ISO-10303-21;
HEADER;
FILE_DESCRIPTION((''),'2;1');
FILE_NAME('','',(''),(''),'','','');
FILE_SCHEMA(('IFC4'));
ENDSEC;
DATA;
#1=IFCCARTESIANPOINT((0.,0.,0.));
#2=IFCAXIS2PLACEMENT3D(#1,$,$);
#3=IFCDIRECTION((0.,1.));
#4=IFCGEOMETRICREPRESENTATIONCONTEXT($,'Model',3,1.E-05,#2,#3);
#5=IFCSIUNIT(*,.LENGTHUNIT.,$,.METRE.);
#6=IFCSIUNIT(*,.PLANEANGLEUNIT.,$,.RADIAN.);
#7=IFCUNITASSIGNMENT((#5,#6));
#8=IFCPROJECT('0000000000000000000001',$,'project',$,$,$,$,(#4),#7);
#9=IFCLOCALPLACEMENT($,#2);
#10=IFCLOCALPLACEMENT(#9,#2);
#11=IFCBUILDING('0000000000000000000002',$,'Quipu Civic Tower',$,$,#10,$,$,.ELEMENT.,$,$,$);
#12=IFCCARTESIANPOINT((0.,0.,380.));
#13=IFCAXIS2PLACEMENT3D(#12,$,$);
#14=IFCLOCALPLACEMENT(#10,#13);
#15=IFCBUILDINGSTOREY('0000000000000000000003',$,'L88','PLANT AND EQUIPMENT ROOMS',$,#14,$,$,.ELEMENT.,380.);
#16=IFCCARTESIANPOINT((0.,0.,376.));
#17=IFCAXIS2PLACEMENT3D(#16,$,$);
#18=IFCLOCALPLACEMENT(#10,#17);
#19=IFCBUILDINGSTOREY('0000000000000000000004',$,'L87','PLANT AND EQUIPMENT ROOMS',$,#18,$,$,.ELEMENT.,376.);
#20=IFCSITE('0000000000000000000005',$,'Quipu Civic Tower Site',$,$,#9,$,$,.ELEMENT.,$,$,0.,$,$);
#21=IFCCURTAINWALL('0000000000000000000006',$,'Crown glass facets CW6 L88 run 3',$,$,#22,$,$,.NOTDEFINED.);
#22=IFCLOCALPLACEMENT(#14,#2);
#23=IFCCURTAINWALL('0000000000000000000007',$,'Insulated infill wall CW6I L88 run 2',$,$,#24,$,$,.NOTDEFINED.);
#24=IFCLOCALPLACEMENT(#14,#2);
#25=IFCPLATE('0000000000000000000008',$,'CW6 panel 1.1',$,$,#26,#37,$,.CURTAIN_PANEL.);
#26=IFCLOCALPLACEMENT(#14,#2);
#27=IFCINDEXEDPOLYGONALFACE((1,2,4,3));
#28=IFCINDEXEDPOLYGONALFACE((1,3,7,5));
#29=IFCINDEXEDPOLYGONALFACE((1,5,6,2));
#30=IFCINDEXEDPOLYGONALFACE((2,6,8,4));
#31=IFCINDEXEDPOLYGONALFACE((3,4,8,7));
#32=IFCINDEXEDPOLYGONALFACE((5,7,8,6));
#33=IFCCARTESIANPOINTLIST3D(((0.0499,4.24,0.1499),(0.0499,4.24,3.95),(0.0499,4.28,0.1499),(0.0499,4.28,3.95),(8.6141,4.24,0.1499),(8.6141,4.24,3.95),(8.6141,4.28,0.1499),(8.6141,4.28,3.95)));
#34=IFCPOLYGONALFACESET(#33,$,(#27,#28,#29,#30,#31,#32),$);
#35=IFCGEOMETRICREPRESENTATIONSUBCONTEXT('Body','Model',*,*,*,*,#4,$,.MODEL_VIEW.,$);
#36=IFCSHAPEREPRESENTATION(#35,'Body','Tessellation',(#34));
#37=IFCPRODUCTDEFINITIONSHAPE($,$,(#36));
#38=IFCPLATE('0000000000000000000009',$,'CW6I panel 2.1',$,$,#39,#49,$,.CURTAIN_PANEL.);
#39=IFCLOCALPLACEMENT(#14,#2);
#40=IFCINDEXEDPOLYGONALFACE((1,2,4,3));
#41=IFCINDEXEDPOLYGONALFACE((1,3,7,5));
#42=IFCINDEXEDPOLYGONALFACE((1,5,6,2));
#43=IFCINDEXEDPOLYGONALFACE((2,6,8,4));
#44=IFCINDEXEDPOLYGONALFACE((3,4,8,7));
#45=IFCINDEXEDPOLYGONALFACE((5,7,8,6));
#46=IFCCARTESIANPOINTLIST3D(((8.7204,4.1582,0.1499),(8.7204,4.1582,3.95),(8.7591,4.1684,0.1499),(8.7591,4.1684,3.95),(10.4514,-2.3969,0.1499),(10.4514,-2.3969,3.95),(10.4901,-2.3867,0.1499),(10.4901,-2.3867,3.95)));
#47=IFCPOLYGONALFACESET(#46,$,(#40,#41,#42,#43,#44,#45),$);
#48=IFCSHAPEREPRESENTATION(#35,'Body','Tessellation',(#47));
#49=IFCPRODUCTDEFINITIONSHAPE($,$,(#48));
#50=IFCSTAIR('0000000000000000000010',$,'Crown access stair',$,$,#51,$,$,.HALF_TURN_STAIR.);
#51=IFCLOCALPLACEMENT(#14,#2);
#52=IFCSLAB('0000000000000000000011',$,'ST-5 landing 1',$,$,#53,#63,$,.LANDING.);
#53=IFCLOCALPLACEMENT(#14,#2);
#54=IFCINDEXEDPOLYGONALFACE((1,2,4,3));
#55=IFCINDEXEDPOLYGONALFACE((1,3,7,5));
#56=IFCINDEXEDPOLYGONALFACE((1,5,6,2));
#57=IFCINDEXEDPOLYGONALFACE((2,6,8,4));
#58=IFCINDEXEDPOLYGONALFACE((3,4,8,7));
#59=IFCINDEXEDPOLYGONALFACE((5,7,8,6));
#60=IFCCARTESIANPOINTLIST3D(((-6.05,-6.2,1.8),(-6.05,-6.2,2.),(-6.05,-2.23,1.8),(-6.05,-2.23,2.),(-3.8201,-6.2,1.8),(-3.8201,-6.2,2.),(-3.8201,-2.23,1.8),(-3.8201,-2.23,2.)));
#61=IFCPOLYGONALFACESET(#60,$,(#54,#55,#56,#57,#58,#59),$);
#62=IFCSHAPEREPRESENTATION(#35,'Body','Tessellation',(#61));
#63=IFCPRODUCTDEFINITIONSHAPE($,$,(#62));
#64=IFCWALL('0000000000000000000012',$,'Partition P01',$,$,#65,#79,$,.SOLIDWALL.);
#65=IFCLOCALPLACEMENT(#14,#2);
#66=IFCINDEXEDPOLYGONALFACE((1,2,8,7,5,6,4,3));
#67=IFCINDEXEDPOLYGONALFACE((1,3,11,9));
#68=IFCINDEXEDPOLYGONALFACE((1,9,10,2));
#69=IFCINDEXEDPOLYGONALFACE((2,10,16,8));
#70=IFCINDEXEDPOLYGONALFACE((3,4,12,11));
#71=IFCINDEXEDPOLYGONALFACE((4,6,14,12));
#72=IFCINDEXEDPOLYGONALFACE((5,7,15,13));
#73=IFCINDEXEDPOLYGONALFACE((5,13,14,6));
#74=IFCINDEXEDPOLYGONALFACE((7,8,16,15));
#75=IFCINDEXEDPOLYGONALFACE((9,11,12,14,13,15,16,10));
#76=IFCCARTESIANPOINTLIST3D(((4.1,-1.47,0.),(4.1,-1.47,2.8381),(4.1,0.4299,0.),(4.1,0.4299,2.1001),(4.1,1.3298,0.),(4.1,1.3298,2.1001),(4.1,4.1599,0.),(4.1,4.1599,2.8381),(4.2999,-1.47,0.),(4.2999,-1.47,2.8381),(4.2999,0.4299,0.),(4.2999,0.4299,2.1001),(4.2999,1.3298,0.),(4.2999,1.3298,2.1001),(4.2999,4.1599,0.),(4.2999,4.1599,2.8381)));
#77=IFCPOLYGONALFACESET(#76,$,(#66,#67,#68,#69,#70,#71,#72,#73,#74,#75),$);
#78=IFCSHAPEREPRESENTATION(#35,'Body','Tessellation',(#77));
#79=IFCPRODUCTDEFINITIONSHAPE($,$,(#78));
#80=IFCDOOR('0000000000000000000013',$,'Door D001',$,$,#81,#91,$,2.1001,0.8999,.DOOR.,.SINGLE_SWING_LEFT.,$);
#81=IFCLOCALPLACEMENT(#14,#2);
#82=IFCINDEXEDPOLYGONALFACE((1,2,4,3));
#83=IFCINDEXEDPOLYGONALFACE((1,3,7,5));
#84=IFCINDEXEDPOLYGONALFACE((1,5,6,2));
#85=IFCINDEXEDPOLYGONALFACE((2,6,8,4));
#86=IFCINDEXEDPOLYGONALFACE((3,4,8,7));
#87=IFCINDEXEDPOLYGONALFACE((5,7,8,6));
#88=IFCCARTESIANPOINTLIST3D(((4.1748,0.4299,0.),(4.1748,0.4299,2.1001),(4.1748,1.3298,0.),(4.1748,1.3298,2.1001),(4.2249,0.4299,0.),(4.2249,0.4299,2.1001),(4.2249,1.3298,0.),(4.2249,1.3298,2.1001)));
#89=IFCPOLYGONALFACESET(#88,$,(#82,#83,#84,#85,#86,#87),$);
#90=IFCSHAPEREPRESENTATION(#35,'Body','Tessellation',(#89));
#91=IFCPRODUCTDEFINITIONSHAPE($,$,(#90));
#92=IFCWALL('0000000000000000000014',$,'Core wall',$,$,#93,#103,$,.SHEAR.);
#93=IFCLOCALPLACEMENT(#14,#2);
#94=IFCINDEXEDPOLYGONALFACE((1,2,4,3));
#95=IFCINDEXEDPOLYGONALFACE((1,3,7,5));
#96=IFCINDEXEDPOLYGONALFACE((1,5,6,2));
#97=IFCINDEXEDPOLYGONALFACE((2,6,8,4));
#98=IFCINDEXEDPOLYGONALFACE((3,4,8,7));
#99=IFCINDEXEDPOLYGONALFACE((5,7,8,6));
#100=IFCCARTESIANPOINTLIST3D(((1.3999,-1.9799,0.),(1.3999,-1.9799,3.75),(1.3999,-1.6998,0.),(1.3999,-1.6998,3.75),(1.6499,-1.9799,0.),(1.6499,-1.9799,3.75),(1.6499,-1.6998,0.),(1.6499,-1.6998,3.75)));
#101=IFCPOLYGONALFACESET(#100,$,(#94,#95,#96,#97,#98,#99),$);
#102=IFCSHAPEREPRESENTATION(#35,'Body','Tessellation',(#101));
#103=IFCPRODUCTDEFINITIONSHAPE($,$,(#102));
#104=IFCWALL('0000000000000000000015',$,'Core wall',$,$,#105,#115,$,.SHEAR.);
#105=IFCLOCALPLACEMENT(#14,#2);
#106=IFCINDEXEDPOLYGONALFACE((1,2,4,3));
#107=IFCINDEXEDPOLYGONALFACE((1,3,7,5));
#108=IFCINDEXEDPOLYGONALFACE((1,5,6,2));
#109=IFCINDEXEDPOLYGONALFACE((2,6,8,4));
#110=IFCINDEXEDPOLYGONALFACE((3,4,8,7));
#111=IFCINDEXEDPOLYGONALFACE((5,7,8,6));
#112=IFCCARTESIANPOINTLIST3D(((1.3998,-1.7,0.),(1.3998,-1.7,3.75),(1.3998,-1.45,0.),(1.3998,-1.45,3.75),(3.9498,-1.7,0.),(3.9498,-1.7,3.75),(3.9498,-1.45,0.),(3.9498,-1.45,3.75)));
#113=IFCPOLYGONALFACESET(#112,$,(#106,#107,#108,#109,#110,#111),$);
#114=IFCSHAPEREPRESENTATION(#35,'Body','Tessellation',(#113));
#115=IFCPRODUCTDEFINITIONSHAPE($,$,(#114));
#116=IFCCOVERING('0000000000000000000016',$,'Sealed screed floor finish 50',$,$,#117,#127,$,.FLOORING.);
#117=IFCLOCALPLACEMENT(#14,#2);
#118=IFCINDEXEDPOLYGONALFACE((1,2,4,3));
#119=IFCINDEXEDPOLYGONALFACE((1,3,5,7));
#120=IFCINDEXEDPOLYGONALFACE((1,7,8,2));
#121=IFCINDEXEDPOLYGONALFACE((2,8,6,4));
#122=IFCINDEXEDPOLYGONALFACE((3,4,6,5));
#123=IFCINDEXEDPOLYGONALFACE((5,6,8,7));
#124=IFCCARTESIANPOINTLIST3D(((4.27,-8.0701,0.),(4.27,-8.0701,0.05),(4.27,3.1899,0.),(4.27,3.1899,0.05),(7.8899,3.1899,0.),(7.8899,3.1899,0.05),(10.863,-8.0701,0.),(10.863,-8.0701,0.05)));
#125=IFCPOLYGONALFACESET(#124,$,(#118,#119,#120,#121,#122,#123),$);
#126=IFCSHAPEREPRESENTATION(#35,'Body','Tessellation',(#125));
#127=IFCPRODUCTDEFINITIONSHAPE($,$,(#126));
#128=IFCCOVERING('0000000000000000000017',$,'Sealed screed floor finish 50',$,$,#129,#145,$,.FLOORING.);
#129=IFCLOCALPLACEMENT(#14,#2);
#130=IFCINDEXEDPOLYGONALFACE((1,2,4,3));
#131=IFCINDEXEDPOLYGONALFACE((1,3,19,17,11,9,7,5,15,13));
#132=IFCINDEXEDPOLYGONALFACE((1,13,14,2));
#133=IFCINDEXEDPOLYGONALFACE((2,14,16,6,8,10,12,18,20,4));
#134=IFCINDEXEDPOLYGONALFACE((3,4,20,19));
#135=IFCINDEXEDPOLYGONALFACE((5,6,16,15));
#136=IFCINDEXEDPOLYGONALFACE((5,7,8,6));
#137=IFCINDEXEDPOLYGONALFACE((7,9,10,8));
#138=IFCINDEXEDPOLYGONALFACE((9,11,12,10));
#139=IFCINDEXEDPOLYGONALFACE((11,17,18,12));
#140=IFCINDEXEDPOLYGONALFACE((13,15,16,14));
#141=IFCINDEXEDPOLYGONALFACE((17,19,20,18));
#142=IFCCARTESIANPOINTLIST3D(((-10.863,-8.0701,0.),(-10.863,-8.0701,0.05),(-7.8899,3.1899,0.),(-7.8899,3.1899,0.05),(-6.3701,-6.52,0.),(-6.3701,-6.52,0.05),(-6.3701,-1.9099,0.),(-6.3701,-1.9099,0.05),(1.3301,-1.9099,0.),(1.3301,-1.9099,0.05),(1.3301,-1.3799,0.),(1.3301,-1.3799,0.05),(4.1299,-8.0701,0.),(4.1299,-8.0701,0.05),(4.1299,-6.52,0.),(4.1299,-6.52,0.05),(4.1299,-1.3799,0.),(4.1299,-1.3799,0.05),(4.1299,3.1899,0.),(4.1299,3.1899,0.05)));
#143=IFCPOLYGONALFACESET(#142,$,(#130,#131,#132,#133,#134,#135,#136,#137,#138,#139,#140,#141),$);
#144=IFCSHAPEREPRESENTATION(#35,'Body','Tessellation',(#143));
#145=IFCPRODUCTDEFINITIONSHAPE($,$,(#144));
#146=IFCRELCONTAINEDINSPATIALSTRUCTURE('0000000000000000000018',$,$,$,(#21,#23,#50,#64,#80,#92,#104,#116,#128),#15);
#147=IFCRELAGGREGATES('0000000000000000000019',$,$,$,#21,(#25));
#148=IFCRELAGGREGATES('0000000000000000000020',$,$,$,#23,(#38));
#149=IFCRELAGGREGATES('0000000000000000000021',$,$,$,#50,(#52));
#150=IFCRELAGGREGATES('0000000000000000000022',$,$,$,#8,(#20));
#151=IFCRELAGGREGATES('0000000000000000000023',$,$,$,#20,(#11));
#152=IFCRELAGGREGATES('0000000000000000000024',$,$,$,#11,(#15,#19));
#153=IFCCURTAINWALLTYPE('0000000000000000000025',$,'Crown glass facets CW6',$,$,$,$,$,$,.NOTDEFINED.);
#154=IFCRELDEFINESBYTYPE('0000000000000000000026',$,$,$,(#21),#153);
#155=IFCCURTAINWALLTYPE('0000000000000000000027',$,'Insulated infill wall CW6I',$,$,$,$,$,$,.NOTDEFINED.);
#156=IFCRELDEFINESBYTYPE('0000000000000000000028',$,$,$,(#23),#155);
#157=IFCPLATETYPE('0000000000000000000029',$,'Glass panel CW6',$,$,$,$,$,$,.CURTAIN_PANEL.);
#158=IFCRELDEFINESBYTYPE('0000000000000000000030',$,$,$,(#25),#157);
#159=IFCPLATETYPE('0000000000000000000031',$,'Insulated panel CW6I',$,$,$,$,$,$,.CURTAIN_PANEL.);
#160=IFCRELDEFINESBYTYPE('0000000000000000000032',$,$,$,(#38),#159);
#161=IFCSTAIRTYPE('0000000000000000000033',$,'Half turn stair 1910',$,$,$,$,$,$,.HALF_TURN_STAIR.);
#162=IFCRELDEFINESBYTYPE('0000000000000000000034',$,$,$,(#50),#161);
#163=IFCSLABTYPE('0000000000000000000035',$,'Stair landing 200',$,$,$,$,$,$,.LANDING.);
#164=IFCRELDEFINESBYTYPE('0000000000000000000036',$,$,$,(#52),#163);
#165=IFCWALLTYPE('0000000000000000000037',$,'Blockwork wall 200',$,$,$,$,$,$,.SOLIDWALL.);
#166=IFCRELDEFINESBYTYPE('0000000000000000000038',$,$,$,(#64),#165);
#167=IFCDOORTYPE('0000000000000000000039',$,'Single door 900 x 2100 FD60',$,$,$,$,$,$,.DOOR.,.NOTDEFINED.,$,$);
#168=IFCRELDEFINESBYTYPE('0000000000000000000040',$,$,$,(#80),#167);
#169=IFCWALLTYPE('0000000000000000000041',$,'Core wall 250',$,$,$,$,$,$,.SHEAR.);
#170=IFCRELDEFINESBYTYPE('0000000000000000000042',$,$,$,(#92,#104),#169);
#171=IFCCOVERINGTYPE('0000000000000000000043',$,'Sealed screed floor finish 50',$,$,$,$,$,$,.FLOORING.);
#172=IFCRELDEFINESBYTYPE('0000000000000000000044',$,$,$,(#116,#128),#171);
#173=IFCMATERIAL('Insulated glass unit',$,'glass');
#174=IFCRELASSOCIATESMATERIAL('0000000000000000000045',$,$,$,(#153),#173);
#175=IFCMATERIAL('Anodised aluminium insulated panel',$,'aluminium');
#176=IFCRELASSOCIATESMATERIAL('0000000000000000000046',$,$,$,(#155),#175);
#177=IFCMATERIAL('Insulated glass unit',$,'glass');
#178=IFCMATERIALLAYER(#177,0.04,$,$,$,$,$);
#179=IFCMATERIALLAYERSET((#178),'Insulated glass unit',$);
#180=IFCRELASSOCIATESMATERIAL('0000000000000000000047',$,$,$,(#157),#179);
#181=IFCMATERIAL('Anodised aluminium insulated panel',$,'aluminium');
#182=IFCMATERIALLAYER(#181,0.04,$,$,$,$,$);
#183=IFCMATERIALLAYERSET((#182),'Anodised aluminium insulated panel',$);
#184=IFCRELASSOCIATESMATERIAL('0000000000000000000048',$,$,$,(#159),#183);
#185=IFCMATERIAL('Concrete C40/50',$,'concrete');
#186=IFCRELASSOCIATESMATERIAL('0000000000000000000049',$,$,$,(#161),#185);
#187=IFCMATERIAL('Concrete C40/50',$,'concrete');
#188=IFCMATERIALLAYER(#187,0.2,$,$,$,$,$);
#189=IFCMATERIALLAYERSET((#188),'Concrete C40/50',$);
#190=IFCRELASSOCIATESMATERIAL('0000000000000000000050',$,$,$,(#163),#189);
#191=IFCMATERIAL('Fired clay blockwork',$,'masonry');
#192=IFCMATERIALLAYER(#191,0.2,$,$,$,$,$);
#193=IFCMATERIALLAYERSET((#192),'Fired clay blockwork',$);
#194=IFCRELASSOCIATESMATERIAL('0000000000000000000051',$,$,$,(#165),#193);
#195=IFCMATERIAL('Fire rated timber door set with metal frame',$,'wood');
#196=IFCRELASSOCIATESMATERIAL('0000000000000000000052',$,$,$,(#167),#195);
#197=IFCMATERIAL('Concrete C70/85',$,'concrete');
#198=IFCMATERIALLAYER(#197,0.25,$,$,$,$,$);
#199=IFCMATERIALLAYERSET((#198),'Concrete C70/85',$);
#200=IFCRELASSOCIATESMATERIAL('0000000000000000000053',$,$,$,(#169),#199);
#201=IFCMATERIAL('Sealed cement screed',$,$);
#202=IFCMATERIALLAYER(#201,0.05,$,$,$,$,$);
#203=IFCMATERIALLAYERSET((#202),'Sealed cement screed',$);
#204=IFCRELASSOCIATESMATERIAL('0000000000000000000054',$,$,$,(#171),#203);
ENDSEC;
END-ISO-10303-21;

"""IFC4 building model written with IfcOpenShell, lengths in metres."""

from ifc_helpers import new_model, si_unit, direction, frame, frame_2d, origin, origin_2d, place, context, subcontext, project, spatial, polyline, rectangle, outline, extrude, material, layer, layer_set, type_object, element, fill, aggregate, save


model = new_model("IFC4")

# Units and contexts
model_context = context("Model", 3, precision=1e-05, world=origin(), true_north=direction((0.0, 1.0)))
body_context = subcontext(model_context, "Body", "Model", "MODEL_VIEW")
ifc_project = project(units=[si_unit("LENGTHUNIT", "METRE"), si_unit("PLANEANGLEUNIT", "RADIAN")], contexts=[model_context])

# Site, building, storey
site_placement = place(None, origin())
site = spatial("IfcSite", under=ifc_project, at=site_placement, Name="Quipu Civic Tower Site", CompositionType="ELEMENT", RefElevation=0.0)
building_placement = place(site_placement, origin())
building = spatial("IfcBuilding", under=site, at=building_placement, Name="Quipu Civic Tower", CompositionType="ELEMENT")
storey_1_placement = place(building_placement, frame((0.0, 0.0, 380.0)))
storey_1 = spatial("IfcBuildingStorey", under=building, at=storey_1_placement, Name="L88", Description="PLANT AND EQUIPMENT ROOMS", CompositionType="ELEMENT", Elevation=380.0)

# Curtain wall
ifc_material_1 = material(Name="Insulated glass unit", Category="glass")
curtain_wall_type_1 = type_object("IfcCurtainWallType", Name="Crown glass facets CW6", PredefinedType="NOTDEFINED", material=ifc_material_1)
curtain_wall_1_placement = place(storey_1_placement, origin())
curtain_wall_1 = element("IfcCurtainWall", 1, at=curtain_wall_1_placement, inside=storey_1, type_object=curtain_wall_type_1, Name="Crown glass facets CW6 L88 run 3", PredefinedType="NOTDEFINED")

# Curtain wall
ifc_material_2 = material(Name="Anodised aluminium insulated panel", Category="aluminium")
curtain_wall_type_2 = type_object("IfcCurtainWallType", Name="Insulated infill wall CW6I", PredefinedType="NOTDEFINED", material=ifc_material_2)
curtain_wall_2_placement = place(storey_1_placement, origin())
curtain_wall_2 = element("IfcCurtainWall", 2, at=curtain_wall_2_placement, inside=storey_1, type_object=curtain_wall_type_2, Name="Insulated infill wall CW6I L88 run 2", PredefinedType="NOTDEFINED")

# Shared definitions
storey_2_placement = place(building_placement, frame((0.0, 0.0, 376.0)))
storey_2 = spatial("IfcBuildingStorey", under=building, at=storey_2_placement, Name="L87", Description="PLANT AND EQUIPMENT ROOMS", CompositionType="ELEMENT", Elevation=376.0)

# Plates
ifc_material_3 = material(Name="Insulated glass unit", Category="glass")
ifc_layer_1 = layer(ifc_material_3, 0.04)
ifc_layer_set_1 = layer_set([ifc_layer_1], Name="Insulated glass unit")
plate_type_1 = type_object("IfcPlateType", Name="Glass panel CW6", PredefinedType="CURTAIN_PANEL", material=ifc_layer_set_1)
plate_1_placement = place(storey_1_placement, frame((4.332, 4.26, 0.1499), z_axis=(0.0, 0.0, 1.0), x_axis=(-1.0, 0.0, 0.0)))
plate_1 = element("IfcPlate", 3, at=plate_1_placement, type_object=plate_type_1, Name="CW6 panel 1.1", PredefinedType="CURTAIN_PANEL", context=body_context, shape_type="SweptSolid", body=[
    extrude(rectangle(XDim=8.5642, YDim=0.04, at=origin_2d()), origin(), (0.0, 0.0, 1.0), 3.8),
])
aggregate(curtain_wall_1, [plate_1])
ifc_material_4 = material(Name="Anodised aluminium insulated panel", Category="aluminium")
ifc_layer_2 = layer(ifc_material_4, 0.04)
ifc_layer_set_2 = layer_set([ifc_layer_2], Name="Anodised aluminium insulated panel")
plate_type_2 = type_object("IfcPlateType", Name="Insulated panel CW6I", PredefinedType="CURTAIN_PANEL", material=ifc_layer_set_2)
plate_2_placement = place(storey_1_placement, frame((9.6052, 0.8857, 0.1499), z_axis=(0.0, 0.0, 1.0), x_axis=(-0.255322, 0.966856, 0.0)))
plate_2 = element("IfcPlate", 4, at=plate_2_placement, type_object=plate_type_2, Name="CW6I panel 2.1", PredefinedType="CURTAIN_PANEL", context=body_context, shape_type="SweptSolid", body=[
    extrude(rectangle(XDim=6.7798, YDim=0.04, at=origin_2d()), origin(), (0.0, 0.0, 1.0), 3.8),
])
aggregate(curtain_wall_2, [plate_2])

# Stair, slab
ifc_material_5 = material(Name="Concrete C40/50", Category="concrete")
stair_type = type_object("IfcStairType", Name="Half turn stair 1910", PredefinedType="HALF_TURN_STAIR", material=ifc_material_5)
stair_placement = place(storey_1_placement, origin())
stair = element("IfcStair", 5, at=stair_placement, inside=storey_1, type_object=stair_type, Name="Crown access stair", PredefinedType="HALF_TURN_STAIR")
ifc_material_6 = material(Name="Concrete C40/50", Category="concrete")
ifc_layer_3 = layer(ifc_material_6, 0.2)
ifc_layer_set_3 = layer_set([ifc_layer_3], Name="Concrete C40/50")
slab_type = type_object("IfcSlabType", Name="Stair landing 200", PredefinedType="LANDING", material=ifc_layer_set_3)
slab_placement = place(storey_1_placement, frame((0.0, 0.0, 1.8)))
slab = element("IfcSlab", 6, at=slab_placement, type_object=slab_type, Name="ST-5 landing 1", PredefinedType="LANDING", context=body_context, shape_type="SweptSolid", body=[
    extrude(outline(polyline([(-3.8201, -2.23), (-6.05, -2.23), (-6.05, -6.2), (-3.8201, -6.2), (-3.8201, -2.23)])), origin(), (0.0, 0.0, 1.0), 0.2),
])
aggregate(stair, [slab])

# Wall, opening, door
ifc_material_7 = material(Name="Fired clay blockwork", Category="masonry")
ifc_layer_4 = layer(ifc_material_7, 0.2)
ifc_layer_set_4 = layer_set([ifc_layer_4], Name="Fired clay blockwork")
wall_type_1 = type_object("IfcWallType", Name="Blockwork wall 200", PredefinedType="SOLIDWALL", material=ifc_layer_set_4)
wall_1_placement = place(storey_1_placement, frame((4.2, 4.1599, 0.0), z_axis=(0.0, 0.0, 1.0), x_axis=(0.0, -1.0, 0.0)))
wall_1 = element("IfcWall", 7, at=wall_1_placement, inside=storey_1, type_object=wall_type_1, Name="Partition P01", PredefinedType="SOLIDWALL", context=body_context, shape_type="SweptSolid", body=[
    extrude(rectangle(XDim=5.6299, YDim=0.2, at=frame_2d((2.8149, 0.0))), origin(), (0.0, 0.0, 1.0), 2.8381),
])
opening_placement = place(wall_1_placement, frame((2.8301, 0.0, 0.0)))
opening = element("IfcOpeningElement", 8, at=opening_placement, cuts=wall_1, PredefinedType="OPENING", context=body_context, shape_type="SweptSolid", body=[
    extrude(rectangle(XDim=0.8999, YDim=2.1001, at=frame_2d((0.45, 1.05))), frame((0.0, 0.1099, 0.0), z_axis=(0.0, -1.0, 0.0), x_axis=(1.0, 0.0, 0.0)), (0.0, 0.0, 1.0), 0.22),
])
ifc_material_8 = material(Name="Fire rated timber door set with metal frame", Category="wood")
door_type = type_object("IfcDoorType", Name="Single door 900 x 2100 FD60", OperationType="NOTDEFINED", PredefinedType="DOOR", material=ifc_material_8)
door_placement = place(opening_placement, origin())
door = element("IfcDoor", 9, at=door_placement, inside=storey_1, type_object=door_type, Name="Door D001", OperationType="SINGLE_SWING_LEFT", OverallHeight=2.1001, OverallWidth=0.8999, PredefinedType="DOOR", context=body_context, shape_type="SweptSolid", body=[
    extrude(rectangle(XDim=0.8999, YDim=2.1001, at=frame_2d((0.45, 1.05))), frame((0.0, 0.0249, 0.0), z_axis=(0.0, -1.0, 0.0), x_axis=(1.0, 0.0, 0.0)), (0.0, 0.0, 1.0), 0.05),
])
fill(opening, door)

# Walls
ifc_material_9 = material(Name="Concrete C70/85", Category="concrete")
ifc_layer_5 = layer(ifc_material_9, 0.25)
ifc_layer_set_5 = layer_set([ifc_layer_5], Name="Concrete C70/85")
wall_type_2 = type_object("IfcWallType", Name="Core wall 250", PredefinedType="SHEAR", material=ifc_layer_set_5)
wall_2_placement = place(storey_1_placement, frame((1.5249, -1.98, 0.0), z_axis=(0.0, 0.0, 1.0), x_axis=(0.0, 1.0, 0.0)))
element("IfcWall", 10, at=wall_2_placement, inside=storey_1, type_object=wall_type_2, Name="Core wall", PredefinedType="SHEAR", context=body_context, shape_type="SweptSolid", body=[
    extrude(rectangle(XDim=0.28, YDim=0.25, at=frame_2d((0.1401, 0.0))), origin(), (0.0, 0.0, 1.0), 3.75),
])
wall_3_placement = place(storey_1_placement, frame((1.3999, -1.575, 0.0), z_axis=(0.0, 0.0, 1.0), x_axis=(1.0, 0.0, 0.0)))
element("IfcWall", 11, at=wall_3_placement, inside=storey_1, type_object=wall_type_2, Name="Core wall", PredefinedType="SHEAR", context=body_context, shape_type="SweptSolid", body=[
    extrude(rectangle(XDim=2.55, YDim=0.25, at=frame_2d((1.2749, 0.0))), origin(), (0.0, 0.0, 1.0), 3.75),
])

# Coverings
ifc_material_10 = material(Name="Sealed cement screed")
ifc_layer_6 = layer(ifc_material_10, 0.05)
ifc_layer_set_6 = layer_set([ifc_layer_6], Name="Sealed cement screed")
covering_type = type_object("IfcCoveringType", Name="Sealed screed floor finish 50", PredefinedType="FLOORING", material=ifc_layer_set_6)
covering_1_placement = place(storey_1_placement, origin())
element("IfcCovering", 12, at=covering_1_placement, inside=storey_1, type_object=covering_type, Name="Sealed screed floor finish 50", PredefinedType="FLOORING", context=body_context, shape_type="SweptSolid", body=[
    extrude(outline(polyline([(4.27, 3.1899), (7.8899, 3.1899), (10.863, -8.0701), (4.27, -8.0701), (4.27, 3.1899)])), origin(), (0.0, 0.0, 1.0), 0.05),
])
covering_2_placement = place(storey_1_placement, origin())
element("IfcCovering", 13, at=covering_2_placement, inside=storey_1, type_object=covering_type, Name="Sealed screed floor finish 50", PredefinedType="FLOORING", context=body_context, shape_type="SweptSolid", body=[
    extrude(outline(polyline([(-7.8899, 3.1899), (4.1299, 3.1899), (4.1299, -1.3799), (1.3301, -1.3799), (1.3301, -1.9099), (-6.3701, -1.9099), (-6.3701, -6.52), (4.1299, -6.52), (4.1299, -8.0701), (-10.863, -8.0701), (-7.8899, 3.1899)])), origin(), (0.0, 0.0, 1.0), 0.05),
])

save(model, "model.ifc")
